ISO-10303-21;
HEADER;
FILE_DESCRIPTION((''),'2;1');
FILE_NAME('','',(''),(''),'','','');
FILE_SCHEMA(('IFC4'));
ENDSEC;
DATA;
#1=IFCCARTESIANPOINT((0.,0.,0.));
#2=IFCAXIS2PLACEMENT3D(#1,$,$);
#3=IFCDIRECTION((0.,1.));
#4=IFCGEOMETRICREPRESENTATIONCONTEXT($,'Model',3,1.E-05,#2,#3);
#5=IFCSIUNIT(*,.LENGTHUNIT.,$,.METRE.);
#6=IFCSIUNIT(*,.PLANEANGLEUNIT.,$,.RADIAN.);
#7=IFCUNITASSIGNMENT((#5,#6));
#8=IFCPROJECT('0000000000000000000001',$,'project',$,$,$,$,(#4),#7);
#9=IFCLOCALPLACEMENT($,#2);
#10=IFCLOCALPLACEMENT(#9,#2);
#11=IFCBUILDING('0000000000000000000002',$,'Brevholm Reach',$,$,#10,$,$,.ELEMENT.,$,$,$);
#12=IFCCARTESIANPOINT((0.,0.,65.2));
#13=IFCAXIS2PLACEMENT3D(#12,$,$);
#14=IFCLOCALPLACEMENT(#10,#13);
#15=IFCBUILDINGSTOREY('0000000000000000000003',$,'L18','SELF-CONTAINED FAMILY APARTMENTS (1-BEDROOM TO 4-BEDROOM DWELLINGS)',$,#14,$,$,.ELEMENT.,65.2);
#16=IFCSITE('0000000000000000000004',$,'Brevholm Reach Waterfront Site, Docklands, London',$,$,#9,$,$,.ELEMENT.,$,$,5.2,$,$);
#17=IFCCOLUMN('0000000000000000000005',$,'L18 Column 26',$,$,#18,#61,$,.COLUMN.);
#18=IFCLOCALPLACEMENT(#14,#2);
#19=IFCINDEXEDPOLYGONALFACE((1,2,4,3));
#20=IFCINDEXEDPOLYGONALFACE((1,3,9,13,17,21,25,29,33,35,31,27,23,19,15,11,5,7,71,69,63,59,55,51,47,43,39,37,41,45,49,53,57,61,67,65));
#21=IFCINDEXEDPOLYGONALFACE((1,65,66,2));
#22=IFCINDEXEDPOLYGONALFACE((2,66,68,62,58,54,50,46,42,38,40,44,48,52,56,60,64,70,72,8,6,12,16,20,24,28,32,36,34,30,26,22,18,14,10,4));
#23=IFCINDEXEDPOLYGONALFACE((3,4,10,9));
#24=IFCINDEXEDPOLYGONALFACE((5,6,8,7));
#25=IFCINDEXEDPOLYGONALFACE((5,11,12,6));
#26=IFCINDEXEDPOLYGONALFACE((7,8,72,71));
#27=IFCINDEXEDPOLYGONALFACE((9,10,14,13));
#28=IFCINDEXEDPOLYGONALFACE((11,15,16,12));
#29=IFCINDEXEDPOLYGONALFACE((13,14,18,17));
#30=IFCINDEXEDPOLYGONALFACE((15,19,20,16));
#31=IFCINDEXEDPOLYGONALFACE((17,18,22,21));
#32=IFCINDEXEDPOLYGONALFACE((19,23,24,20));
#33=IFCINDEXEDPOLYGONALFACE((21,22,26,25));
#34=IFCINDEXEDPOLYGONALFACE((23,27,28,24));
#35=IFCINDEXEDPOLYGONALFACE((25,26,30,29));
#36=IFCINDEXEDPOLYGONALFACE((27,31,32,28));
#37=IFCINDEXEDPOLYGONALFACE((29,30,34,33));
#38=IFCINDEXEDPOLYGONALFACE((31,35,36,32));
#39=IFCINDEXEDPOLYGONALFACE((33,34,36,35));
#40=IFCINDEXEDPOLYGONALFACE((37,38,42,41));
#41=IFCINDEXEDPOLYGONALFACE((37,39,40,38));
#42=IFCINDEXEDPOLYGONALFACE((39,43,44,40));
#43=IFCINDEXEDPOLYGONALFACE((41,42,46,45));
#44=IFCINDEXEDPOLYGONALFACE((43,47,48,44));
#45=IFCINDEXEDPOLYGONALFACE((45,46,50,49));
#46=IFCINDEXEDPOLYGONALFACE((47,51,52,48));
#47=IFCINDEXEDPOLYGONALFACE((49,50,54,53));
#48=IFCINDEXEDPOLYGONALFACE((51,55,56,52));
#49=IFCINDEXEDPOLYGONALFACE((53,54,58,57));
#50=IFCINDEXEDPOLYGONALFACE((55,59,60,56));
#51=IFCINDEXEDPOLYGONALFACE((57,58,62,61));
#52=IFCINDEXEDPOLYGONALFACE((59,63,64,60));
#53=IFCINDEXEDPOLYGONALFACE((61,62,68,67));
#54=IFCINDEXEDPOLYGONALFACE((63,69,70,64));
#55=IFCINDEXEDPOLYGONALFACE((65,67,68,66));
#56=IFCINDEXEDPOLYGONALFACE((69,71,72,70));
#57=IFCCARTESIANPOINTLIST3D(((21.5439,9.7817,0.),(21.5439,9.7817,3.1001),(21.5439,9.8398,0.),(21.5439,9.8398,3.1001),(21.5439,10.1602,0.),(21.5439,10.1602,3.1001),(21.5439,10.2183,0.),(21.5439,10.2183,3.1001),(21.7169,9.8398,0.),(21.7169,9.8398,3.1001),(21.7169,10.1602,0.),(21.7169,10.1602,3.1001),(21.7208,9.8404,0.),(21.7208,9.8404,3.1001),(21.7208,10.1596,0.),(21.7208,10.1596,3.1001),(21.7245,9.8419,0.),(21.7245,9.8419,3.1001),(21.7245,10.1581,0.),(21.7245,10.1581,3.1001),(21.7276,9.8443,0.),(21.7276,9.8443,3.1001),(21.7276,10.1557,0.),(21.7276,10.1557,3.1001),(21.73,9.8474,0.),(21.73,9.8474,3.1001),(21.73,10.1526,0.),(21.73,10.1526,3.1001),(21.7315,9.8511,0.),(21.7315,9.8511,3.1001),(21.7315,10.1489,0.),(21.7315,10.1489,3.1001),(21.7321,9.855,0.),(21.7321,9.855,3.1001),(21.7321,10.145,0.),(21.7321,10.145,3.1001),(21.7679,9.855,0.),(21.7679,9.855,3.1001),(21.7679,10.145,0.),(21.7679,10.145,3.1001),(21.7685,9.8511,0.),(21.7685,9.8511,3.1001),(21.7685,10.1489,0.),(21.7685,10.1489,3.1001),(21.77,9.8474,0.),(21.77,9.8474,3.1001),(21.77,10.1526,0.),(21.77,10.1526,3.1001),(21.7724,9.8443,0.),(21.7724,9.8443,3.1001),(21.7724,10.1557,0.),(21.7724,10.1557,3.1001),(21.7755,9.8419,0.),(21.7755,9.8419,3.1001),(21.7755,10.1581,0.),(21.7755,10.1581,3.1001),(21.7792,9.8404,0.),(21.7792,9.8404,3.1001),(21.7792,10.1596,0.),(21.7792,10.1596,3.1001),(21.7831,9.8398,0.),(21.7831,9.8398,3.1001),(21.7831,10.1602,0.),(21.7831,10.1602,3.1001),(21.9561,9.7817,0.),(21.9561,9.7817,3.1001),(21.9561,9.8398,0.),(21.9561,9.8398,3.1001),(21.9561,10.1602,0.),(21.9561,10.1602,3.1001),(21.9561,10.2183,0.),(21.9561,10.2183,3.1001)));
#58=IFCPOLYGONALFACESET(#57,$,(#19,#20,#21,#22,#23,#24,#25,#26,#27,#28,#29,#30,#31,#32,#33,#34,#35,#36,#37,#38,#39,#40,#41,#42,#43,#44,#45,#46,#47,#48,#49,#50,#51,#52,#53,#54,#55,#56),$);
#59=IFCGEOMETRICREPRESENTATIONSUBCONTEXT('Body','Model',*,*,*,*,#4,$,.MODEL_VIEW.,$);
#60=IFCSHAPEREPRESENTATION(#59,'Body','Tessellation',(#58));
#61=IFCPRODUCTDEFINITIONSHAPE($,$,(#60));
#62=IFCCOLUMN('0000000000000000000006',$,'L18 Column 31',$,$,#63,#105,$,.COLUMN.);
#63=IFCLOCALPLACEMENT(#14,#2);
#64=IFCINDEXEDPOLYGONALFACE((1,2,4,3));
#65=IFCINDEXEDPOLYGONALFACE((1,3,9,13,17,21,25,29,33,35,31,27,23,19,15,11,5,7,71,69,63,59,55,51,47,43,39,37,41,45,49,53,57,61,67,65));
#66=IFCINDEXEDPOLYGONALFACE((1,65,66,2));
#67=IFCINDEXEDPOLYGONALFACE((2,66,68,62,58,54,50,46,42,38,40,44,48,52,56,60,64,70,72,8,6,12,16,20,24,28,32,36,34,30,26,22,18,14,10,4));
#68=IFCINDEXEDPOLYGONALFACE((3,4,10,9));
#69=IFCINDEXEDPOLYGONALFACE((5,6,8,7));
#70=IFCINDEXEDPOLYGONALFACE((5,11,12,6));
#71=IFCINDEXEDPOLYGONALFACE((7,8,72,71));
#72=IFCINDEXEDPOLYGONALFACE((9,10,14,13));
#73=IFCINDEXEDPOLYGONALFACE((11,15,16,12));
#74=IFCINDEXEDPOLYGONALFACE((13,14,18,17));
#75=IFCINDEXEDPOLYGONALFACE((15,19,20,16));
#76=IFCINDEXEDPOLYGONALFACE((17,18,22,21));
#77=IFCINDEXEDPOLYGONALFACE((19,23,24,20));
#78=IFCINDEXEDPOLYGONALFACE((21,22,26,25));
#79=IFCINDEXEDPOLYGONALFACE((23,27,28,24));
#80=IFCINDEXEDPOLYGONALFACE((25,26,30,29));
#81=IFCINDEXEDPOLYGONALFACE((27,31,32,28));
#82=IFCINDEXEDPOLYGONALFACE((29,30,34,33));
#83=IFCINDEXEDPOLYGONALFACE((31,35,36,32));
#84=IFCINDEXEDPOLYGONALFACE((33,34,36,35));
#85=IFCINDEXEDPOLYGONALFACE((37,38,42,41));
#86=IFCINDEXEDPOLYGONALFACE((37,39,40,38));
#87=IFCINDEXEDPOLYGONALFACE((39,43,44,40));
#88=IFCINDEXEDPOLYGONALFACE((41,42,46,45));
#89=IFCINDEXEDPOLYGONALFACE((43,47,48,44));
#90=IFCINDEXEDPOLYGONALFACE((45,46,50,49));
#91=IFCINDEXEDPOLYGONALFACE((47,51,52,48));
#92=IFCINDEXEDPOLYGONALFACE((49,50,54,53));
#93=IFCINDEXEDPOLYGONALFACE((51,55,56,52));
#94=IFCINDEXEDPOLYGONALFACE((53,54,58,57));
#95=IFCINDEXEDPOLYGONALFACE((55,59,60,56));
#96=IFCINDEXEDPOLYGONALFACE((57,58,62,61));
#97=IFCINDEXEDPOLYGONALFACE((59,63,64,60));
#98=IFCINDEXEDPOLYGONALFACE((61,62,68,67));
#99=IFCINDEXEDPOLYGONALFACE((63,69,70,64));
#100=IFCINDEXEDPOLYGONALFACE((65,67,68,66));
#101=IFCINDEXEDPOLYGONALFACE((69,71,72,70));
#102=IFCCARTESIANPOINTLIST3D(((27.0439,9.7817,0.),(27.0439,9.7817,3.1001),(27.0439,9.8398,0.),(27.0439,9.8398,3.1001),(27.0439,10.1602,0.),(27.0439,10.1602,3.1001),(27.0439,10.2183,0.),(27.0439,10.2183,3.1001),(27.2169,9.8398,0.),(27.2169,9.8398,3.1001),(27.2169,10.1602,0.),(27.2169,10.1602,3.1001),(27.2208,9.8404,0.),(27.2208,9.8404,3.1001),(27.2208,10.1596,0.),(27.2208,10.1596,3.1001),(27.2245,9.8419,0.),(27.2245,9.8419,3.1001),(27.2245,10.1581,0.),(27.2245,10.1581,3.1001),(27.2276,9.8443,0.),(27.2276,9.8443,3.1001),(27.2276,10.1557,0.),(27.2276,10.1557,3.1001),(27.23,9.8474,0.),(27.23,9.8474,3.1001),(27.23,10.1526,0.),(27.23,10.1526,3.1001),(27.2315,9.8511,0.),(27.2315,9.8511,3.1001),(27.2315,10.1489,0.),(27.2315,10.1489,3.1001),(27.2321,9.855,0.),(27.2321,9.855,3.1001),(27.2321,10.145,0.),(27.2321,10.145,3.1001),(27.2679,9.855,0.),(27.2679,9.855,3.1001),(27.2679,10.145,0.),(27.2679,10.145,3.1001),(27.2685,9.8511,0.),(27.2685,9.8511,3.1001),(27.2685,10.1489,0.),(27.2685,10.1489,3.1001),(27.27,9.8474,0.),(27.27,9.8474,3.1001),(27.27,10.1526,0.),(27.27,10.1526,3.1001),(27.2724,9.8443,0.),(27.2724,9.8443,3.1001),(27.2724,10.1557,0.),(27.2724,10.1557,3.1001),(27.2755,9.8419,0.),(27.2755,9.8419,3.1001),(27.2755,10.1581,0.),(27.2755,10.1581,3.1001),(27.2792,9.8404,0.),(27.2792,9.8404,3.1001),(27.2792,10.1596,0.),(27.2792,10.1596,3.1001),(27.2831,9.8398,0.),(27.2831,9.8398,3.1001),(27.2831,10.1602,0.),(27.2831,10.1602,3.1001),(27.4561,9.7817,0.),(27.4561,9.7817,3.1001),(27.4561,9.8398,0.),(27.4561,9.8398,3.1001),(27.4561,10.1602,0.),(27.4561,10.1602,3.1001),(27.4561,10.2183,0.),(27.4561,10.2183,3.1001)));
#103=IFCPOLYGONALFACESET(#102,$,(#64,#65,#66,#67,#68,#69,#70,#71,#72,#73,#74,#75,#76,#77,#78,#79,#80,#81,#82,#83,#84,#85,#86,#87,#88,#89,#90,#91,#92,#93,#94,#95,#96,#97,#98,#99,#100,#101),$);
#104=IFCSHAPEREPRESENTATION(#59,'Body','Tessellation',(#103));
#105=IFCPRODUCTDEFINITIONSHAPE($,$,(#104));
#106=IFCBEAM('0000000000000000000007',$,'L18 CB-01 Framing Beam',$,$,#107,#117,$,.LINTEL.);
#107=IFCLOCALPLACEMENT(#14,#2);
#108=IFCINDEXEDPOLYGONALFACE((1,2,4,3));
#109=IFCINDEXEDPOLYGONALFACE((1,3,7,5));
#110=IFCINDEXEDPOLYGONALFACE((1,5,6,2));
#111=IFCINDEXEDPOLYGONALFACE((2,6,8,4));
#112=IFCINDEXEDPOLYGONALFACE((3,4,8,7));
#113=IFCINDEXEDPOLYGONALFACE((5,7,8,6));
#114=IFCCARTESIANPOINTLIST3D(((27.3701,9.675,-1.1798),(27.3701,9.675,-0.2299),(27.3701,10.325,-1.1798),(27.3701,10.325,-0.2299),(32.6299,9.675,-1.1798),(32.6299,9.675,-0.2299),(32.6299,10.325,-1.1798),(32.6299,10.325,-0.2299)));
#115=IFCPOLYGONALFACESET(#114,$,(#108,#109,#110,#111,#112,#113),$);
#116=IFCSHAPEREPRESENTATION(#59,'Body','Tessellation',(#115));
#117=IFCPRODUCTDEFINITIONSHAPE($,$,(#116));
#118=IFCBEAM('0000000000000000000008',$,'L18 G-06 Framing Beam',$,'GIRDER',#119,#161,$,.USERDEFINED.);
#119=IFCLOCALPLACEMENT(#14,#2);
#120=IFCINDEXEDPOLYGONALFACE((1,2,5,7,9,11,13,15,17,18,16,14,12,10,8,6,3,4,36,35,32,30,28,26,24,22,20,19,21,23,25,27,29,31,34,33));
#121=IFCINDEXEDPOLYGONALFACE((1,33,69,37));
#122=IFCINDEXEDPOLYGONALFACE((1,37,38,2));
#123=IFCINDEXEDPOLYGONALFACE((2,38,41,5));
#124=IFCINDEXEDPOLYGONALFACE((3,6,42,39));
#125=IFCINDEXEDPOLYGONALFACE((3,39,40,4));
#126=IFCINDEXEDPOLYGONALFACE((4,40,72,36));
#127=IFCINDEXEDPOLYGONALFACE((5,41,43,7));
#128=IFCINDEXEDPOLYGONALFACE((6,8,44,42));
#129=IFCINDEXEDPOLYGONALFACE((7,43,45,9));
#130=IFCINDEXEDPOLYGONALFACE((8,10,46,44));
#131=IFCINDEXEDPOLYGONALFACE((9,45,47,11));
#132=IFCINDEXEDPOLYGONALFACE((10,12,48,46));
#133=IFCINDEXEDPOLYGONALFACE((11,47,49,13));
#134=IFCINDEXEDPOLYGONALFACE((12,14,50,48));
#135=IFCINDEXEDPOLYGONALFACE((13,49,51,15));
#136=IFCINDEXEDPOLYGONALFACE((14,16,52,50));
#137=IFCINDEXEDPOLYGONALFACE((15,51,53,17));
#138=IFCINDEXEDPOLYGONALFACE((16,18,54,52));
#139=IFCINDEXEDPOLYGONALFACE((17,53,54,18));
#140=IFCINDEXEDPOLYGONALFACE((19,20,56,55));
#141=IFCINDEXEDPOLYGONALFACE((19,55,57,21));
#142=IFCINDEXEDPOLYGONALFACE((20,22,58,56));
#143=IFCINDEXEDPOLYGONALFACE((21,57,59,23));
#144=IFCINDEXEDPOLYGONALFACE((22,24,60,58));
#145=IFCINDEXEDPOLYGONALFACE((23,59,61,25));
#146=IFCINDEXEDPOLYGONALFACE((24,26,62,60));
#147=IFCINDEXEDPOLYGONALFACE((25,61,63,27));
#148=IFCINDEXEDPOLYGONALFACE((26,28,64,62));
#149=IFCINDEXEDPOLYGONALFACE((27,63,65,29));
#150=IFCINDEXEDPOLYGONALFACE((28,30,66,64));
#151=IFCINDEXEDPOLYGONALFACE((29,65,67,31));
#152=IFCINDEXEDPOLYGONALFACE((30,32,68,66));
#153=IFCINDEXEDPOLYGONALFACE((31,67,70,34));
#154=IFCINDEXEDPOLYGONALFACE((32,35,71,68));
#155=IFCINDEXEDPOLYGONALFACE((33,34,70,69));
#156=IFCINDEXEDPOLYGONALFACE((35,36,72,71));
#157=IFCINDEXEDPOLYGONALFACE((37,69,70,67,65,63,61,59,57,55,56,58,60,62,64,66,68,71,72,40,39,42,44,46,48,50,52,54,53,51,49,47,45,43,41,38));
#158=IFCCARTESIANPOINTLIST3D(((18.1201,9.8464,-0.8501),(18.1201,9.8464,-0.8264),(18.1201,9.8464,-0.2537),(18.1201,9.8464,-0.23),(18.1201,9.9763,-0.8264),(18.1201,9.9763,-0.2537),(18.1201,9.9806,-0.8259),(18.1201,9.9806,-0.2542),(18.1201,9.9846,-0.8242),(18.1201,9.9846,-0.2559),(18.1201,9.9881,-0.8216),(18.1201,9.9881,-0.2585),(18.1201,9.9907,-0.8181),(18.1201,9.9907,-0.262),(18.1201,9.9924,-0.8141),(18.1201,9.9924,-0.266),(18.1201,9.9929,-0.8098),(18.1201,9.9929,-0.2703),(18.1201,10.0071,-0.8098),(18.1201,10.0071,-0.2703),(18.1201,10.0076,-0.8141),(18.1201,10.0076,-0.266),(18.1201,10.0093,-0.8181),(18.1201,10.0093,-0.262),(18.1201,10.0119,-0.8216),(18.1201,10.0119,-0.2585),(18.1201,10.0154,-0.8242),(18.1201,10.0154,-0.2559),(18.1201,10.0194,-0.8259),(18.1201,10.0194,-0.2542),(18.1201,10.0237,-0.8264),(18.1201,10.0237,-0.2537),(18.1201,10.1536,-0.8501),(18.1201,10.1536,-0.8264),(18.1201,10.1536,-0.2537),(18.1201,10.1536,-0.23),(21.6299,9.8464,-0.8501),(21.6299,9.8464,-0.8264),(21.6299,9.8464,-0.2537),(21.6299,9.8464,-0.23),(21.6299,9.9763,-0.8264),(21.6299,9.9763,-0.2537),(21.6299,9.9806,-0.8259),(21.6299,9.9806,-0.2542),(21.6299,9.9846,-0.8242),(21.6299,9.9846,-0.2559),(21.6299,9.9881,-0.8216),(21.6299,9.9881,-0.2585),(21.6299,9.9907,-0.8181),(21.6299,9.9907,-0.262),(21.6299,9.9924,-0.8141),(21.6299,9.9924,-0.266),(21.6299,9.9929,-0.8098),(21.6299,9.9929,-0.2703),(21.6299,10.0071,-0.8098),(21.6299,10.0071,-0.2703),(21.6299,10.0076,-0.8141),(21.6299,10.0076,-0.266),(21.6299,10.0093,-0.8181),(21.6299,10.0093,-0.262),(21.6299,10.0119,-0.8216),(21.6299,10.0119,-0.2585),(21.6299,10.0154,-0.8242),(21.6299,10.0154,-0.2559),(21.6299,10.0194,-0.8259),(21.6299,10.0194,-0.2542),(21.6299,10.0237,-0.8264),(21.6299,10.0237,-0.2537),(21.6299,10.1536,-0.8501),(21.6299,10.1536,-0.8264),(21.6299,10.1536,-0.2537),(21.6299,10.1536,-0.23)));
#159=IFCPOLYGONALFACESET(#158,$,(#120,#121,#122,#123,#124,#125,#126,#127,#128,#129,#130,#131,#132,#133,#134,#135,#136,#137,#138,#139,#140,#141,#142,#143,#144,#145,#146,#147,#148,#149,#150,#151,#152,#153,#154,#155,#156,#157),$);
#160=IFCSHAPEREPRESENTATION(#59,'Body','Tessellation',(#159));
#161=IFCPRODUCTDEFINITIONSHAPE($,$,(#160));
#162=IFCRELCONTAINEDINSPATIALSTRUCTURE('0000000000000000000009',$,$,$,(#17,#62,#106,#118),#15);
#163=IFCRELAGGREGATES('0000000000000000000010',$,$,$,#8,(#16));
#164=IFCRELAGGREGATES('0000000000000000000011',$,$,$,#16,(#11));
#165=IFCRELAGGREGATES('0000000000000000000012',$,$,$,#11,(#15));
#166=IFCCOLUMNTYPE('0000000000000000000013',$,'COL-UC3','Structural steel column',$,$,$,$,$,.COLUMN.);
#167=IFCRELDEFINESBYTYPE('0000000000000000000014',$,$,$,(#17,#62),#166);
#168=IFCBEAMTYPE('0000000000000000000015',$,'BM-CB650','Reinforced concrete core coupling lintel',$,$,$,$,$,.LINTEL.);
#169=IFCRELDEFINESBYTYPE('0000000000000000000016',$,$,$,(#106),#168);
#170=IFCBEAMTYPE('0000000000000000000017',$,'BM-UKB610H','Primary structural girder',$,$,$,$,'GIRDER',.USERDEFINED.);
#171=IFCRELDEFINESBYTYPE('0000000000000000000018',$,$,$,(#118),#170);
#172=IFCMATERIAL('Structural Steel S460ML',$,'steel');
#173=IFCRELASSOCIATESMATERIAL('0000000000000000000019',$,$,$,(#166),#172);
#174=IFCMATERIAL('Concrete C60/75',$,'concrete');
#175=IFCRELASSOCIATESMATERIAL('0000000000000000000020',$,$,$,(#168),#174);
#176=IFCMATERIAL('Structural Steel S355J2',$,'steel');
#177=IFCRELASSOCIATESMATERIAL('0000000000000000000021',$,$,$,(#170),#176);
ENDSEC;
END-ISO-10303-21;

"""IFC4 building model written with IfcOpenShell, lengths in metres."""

from ifc_helpers import new_model, si_unit, direction, frame, origin, origin_2d, place, context, subcontext, project, spatial, rectangle, i_section, extrude, material, material_profile, profile_set, type_object, element, save


model = new_model("IFC4")

# Units and contexts
model_context = context("Model", 3, precision=1e-05, world=origin(), true_north=direction((0.0, 1.0)))
body_context = subcontext(model_context, "Body", "Model", "MODEL_VIEW")
ifc_project = project(units=[si_unit("LENGTHUNIT", "METRE"), si_unit("PLANEANGLEUNIT", "RADIAN")], contexts=[model_context])

# Site, building, storey
site_placement = place(None, origin())
site = spatial("IfcSite", under=ifc_project, at=site_placement, Name="Brevholm Reach Waterfront Site, Docklands, London", CompositionType="ELEMENT", RefElevation=5.2)
building_placement = place(site_placement, origin())
building = spatial("IfcBuilding", under=site, at=building_placement, Name="Brevholm Reach", CompositionType="ELEMENT")
storey_placement = place(building_placement, frame((0.0, 0.0, 65.2)))
storey = spatial("IfcBuildingStorey", under=building, at=storey_placement, Name="L18", Description="SELF-CONTAINED FAMILY APARTMENTS (1-BEDROOM TO 4-BEDROOM DWELLINGS)", CompositionType="ELEMENT", Elevation=65.2)

# Columns
ifc_material_1 = material(Name="Structural Steel S460ML", Category="steel")
ifc_material_profile_1 = material_profile(ifc_material_1, i_section(OverallWidth=0.4121, OverallDepth=0.4365, WebThickness=0.0359, FlangeThickness=0.0581, FilletRadius=0.0151, at=origin_2d()), Name="UKC 356x406x467")
ifc_profile_set_1 = profile_set([ifc_material_profile_1], Name="Structural Steel S460ML")
column_type = type_object("IfcColumnType", Name="COL-UC3", Description="Structural steel column", PredefinedType="COLUMN", material=ifc_profile_set_1)
for number, where, z_axis, x_axis, name in (
    (1, (21.75, 10.0, 0.0), (0.0, 0.0, 1.0), (1.0, 0.0, 0.0), "L18 Column 26"),
    (2, (27.25, 10.0, 0.0), (0.0, 0.0, 1.0), (1.0, 0.0, 0.0), "L18 Column 31"),
):
    element("IfcColumn", number, at=place(storey_placement, frame(where, z_axis=z_axis, x_axis=x_axis)), inside=storey, type_object=column_type, Name=name, PredefinedType="COLUMN", context=body_context, shape_type="SweptSolid", body=[
        extrude(i_section(OverallWidth=0.4121, OverallDepth=0.4365, WebThickness=0.0359, FlangeThickness=0.0581, FilletRadius=0.0151, at=origin_2d()), origin(), (0.0, 0.0, 1.0), 3.1001),
    ])

# Beams
ifc_material_2 = material(Name="Concrete C60/75", Category="concrete")
ifc_material_profile_2 = material_profile(ifc_material_2, rectangle(XDim=0.6499, YDim=0.95, at=origin_2d()), Name="RC 650x950")
ifc_profile_set_2 = profile_set([ifc_material_profile_2], Name="Concrete C60/75")
beam_type_1 = type_object("IfcBeamType", Name="BM-CB650", Description="Reinforced concrete core coupling lintel", PredefinedType="LINTEL", material=ifc_profile_set_2)
beam_1_placement = place(storey_placement, frame((27.3701, 10.0, -0.7048), z_axis=(1.0, 0.0, 0.0), x_axis=(0.0, 1.0, 0.0)))
element("IfcBeam", 3, at=beam_1_placement, inside=storey, type_object=beam_type_1, Name="L18 CB-01 Framing Beam", PredefinedType="LINTEL", context=body_context, shape_type="SweptSolid", body=[
    extrude(rectangle(XDim=0.6499, YDim=0.95, at=origin_2d()), origin(), (0.0, 0.0, 1.0), 5.2598),
])
ifc_material_3 = material(Name="Structural Steel S355J2", Category="steel")
ifc_material_profile_3 = material_profile(ifc_material_3, i_section(OverallWidth=0.3071, OverallDepth=0.6201, WebThickness=0.0142, FlangeThickness=0.0237, FilletRadius=0.0166, at=origin_2d()), Name="UKB 610x305x179")
ifc_profile_set_3 = profile_set([ifc_material_profile_3], Name="Structural Steel S355J2")
beam_type_2 = type_object("IfcBeamType", Name="BM-UKB610H", Description="Primary structural girder", ElementType="GIRDER", PredefinedType="USERDEFINED", material=ifc_profile_set_3)
beam_2_placement = place(storey_placement, frame((18.1201, 10.0, -0.54), z_axis=(1.0, 0.0, 0.0), x_axis=(0.0, 1.0, 0.0)))
element("IfcBeam", 4, at=beam_2_placement, inside=storey, type_object=beam_type_2, Name="L18 G-06 Framing Beam", ObjectType="GIRDER", PredefinedType="USERDEFINED", context=body_context, shape_type="SweptSolid", body=[
    extrude(i_section(OverallWidth=0.3071, OverallDepth=0.6201, WebThickness=0.0142, FlangeThickness=0.0237, FilletRadius=0.0166, at=origin_2d()), origin(), (0.0, 0.0, 1.0), 3.5098),
])

save(model, "model.ifc")
